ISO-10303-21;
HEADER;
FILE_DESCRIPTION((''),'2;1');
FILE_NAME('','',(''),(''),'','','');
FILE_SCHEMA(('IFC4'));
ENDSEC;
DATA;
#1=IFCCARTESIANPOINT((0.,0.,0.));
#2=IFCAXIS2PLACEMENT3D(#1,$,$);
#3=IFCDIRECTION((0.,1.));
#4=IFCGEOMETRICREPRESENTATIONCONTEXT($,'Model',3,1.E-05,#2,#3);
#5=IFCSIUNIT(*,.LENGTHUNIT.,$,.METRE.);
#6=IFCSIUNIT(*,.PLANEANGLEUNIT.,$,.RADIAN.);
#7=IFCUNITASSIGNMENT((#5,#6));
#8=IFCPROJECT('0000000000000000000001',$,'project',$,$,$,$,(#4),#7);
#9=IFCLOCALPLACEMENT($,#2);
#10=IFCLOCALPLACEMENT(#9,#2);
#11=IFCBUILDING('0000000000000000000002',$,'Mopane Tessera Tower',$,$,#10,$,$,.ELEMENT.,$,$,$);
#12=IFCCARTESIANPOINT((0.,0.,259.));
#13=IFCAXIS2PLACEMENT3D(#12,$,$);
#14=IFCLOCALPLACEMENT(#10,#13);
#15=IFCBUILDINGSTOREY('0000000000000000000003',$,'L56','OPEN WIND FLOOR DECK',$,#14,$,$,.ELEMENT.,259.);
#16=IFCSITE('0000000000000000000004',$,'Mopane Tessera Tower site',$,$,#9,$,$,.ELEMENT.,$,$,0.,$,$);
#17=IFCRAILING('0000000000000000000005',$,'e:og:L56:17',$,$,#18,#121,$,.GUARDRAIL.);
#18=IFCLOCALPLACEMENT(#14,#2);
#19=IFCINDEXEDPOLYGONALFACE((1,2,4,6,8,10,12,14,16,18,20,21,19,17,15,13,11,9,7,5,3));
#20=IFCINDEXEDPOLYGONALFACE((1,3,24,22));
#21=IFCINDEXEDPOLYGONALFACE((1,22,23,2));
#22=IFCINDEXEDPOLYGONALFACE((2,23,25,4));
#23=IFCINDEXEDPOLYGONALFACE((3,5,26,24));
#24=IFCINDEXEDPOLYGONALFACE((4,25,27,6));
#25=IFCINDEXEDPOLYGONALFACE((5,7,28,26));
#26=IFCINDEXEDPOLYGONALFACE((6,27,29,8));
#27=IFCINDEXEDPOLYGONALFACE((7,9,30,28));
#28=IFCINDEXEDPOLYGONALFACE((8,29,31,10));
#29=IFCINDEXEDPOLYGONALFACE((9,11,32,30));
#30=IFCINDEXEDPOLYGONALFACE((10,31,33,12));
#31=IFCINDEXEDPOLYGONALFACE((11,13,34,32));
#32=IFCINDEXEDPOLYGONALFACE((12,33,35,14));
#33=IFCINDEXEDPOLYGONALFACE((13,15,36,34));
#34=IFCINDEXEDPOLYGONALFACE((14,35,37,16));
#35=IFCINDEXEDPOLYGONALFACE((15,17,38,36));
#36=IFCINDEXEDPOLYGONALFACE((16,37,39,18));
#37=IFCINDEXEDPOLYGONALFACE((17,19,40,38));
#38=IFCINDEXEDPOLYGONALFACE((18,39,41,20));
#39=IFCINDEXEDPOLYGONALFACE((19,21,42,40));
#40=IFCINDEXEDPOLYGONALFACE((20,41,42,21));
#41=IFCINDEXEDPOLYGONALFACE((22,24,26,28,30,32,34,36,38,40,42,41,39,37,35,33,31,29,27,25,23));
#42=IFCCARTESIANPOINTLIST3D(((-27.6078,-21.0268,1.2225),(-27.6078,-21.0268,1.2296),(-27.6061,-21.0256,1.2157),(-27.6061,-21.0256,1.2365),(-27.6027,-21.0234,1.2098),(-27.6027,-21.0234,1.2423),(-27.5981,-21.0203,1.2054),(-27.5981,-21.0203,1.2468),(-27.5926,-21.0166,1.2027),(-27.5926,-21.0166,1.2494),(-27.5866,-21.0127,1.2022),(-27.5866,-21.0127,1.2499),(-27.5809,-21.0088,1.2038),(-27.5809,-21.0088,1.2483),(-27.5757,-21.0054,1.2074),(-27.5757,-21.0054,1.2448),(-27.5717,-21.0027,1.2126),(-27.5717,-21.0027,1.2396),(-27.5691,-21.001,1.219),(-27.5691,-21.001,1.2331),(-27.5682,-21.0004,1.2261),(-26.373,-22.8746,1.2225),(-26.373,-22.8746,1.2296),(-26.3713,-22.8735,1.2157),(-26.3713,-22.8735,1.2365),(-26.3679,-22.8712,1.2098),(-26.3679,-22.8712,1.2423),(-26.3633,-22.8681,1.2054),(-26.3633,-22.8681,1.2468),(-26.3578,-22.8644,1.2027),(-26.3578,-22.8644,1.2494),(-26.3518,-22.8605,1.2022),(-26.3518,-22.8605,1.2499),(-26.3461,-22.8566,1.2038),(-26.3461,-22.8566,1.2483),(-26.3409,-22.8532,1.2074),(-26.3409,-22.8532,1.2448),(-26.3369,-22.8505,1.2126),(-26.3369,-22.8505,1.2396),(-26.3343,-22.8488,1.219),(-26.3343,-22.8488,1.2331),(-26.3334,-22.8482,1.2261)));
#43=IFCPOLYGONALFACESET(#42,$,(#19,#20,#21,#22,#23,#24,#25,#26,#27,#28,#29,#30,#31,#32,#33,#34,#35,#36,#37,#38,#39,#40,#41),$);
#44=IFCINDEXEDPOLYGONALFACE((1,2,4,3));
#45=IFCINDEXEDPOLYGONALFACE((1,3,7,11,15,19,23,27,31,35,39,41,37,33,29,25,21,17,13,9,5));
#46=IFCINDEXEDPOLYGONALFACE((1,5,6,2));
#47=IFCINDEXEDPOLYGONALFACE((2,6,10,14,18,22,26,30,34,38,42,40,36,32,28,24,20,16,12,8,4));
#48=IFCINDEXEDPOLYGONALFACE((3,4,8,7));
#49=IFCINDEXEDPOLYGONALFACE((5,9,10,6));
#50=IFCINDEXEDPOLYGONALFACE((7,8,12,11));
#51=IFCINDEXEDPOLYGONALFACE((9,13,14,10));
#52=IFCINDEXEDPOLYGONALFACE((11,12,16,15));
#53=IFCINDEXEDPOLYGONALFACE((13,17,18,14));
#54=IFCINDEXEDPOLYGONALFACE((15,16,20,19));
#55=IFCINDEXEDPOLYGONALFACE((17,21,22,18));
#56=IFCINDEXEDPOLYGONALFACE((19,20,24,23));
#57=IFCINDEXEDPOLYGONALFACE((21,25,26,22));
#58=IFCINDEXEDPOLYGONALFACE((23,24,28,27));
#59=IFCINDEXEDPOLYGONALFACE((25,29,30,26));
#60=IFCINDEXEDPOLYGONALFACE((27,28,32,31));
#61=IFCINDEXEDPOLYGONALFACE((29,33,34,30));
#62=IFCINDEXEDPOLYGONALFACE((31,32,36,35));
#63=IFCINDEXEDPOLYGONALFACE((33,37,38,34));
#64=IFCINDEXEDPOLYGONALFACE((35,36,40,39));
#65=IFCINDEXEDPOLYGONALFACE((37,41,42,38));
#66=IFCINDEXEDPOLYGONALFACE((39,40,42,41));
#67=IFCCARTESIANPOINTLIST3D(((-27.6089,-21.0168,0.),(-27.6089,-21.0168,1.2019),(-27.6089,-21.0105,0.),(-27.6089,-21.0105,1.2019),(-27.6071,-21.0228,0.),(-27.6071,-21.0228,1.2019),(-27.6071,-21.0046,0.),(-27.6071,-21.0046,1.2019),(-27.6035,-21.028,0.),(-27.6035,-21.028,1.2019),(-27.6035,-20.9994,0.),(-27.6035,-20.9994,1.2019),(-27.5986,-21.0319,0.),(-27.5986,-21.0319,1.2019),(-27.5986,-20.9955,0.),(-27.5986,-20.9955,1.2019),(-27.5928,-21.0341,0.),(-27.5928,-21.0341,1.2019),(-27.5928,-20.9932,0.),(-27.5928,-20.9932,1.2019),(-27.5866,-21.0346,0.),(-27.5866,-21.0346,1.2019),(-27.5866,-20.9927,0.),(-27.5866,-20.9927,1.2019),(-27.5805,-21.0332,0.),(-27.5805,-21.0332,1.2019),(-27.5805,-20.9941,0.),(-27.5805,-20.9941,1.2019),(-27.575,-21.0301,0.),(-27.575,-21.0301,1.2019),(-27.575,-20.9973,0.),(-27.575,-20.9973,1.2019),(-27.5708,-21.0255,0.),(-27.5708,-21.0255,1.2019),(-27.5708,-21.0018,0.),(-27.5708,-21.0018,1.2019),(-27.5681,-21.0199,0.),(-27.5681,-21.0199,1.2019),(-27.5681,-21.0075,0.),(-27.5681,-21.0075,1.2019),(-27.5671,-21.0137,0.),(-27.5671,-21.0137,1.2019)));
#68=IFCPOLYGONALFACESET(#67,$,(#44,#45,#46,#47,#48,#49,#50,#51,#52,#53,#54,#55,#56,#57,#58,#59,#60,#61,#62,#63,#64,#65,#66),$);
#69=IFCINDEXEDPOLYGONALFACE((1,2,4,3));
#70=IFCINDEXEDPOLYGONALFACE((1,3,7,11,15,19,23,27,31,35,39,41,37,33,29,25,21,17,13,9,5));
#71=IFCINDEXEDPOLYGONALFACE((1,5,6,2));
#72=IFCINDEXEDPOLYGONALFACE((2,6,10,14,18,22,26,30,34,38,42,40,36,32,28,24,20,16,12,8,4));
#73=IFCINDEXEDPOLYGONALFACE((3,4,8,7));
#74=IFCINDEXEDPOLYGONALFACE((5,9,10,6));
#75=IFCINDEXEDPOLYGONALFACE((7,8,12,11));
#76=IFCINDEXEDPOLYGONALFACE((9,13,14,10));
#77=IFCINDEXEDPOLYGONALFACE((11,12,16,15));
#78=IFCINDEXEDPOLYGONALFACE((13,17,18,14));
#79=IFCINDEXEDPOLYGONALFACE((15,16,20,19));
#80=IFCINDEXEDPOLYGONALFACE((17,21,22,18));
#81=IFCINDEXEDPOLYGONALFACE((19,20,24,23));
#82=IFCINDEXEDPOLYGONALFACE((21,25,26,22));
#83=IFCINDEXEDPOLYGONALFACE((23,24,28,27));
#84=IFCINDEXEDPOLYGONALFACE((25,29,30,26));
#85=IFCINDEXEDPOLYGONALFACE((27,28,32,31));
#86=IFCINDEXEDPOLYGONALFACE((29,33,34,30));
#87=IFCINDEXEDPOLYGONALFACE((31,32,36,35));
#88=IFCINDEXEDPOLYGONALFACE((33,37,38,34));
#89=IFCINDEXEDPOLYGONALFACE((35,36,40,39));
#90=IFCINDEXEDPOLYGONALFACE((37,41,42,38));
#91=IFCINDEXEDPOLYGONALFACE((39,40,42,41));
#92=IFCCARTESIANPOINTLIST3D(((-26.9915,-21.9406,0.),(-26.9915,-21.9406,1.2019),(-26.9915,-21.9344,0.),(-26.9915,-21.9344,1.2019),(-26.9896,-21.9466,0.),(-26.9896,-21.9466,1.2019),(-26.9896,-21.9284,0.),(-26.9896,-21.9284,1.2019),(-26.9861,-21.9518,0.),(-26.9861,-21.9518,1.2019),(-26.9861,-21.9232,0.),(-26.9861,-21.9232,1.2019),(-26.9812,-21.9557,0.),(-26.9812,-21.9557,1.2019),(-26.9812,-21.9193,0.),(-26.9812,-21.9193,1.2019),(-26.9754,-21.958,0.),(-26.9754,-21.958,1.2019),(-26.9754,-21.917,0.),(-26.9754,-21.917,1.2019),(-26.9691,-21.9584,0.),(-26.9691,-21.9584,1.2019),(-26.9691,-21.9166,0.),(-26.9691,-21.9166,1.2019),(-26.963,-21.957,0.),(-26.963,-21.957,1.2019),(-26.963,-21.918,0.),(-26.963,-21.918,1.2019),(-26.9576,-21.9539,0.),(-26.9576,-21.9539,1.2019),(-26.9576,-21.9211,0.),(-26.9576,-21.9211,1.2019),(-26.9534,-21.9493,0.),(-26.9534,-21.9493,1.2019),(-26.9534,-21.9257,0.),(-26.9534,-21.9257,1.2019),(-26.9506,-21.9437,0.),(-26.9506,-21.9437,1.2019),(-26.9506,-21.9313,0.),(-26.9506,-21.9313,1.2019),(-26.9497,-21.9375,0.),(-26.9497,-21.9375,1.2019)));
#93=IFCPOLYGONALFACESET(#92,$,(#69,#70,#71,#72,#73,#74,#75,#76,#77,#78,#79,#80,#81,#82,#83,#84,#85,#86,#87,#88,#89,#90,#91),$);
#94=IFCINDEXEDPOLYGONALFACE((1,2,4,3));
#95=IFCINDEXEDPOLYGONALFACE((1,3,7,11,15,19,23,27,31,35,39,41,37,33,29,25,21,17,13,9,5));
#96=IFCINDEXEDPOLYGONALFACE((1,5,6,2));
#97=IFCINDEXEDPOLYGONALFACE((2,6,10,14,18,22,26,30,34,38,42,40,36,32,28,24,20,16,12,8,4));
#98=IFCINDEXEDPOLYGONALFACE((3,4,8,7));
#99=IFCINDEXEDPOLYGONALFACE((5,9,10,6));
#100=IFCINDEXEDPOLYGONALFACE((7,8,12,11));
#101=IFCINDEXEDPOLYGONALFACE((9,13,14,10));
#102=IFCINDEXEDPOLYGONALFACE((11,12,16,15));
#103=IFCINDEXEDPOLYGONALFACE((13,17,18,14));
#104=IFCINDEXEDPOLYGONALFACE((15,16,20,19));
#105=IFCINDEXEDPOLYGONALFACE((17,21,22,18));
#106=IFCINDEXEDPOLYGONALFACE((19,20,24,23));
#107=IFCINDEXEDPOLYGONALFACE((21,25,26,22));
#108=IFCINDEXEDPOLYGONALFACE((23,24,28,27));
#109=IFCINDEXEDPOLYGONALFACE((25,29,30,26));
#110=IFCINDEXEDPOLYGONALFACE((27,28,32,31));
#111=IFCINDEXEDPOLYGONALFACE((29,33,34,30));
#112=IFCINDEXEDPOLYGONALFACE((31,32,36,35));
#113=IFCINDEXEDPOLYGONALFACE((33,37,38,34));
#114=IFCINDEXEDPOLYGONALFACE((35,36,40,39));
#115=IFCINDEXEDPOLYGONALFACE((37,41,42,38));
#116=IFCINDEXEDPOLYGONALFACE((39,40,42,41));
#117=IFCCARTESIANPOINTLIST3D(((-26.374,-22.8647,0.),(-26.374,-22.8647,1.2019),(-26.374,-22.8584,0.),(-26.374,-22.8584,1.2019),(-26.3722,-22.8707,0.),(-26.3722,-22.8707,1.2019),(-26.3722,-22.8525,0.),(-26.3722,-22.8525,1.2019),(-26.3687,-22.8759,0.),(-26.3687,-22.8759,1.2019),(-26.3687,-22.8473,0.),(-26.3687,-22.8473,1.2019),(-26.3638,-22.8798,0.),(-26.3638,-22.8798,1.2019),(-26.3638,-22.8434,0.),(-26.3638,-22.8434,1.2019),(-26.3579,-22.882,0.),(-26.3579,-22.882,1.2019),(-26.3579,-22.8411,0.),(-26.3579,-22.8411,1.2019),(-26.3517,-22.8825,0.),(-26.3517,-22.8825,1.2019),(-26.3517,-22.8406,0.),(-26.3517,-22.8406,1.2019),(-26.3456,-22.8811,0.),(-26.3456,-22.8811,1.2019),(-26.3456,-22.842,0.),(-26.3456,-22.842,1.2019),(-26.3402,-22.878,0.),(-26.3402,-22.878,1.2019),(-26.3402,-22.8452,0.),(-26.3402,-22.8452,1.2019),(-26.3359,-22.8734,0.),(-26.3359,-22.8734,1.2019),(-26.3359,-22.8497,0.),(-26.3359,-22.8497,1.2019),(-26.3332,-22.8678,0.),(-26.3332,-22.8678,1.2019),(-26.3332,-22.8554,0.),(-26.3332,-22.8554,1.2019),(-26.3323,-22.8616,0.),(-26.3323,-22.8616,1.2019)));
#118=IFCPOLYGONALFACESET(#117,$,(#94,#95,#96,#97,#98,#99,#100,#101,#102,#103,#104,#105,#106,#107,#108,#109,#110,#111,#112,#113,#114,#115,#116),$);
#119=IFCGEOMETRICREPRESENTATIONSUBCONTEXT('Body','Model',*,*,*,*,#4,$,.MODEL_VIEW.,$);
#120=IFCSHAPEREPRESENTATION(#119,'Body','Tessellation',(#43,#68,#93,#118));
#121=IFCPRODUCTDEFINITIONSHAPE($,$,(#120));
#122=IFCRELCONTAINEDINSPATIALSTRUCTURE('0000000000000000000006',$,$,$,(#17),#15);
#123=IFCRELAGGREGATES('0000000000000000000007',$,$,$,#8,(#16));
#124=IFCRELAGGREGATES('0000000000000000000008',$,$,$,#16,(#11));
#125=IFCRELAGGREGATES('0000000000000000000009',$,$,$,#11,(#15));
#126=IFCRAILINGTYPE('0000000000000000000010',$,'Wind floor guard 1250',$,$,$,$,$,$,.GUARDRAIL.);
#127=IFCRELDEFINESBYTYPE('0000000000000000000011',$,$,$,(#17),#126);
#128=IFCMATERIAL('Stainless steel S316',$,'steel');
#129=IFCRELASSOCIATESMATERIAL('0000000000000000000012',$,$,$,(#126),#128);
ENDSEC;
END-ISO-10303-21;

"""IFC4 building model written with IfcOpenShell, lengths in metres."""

from ifc_helpers import new_model, si_unit, direction, frame, origin, origin_2d, place, context, subcontext, project, spatial, circle, extrude, material, type_object, element, save


model = new_model("IFC4")

# Units and contexts
model_context = context("Model", 3, precision=1e-05, world=origin(), true_north=direction((0.0, 1.0)))
body_context = subcontext(model_context, "Body", "Model", "MODEL_VIEW")
ifc_project = project(units=[si_unit("LENGTHUNIT", "METRE"), si_unit("PLANEANGLEUNIT", "RADIAN")], contexts=[model_context])

# Site, building, storey
site_placement = place(None, origin())
site = spatial("IfcSite", under=ifc_project, at=site_placement, Name="Mopane Tessera Tower site", CompositionType="ELEMENT", RefElevation=0.0)
building_placement = place(site_placement, origin())
building = spatial("IfcBuilding", under=site, at=building_placement, Name="Mopane Tessera Tower", CompositionType="ELEMENT")
storey_placement = place(building_placement, frame((0.0, 0.0, 259.0)))
storey = spatial("IfcBuildingStorey", under=building, at=storey_placement, Name="L56", Description="OPEN WIND FLOOR DECK", CompositionType="ELEMENT", Elevation=259.0)

# Railing
ifc_material_1 = material(Name="Stainless steel S316", Category="steel")
railing_type = type_object("IfcRailingType", Name="Wind floor guard 1250", PredefinedType="GUARDRAIL", material=ifc_material_1)
railing_1_placement = place(storey_placement, frame((-27.5881, -21.0137, 0.0)))
element("IfcRailing", 1, at=railing_1_placement, inside=storey, type_object=railing_type, Name="e:og:L56:17", PredefinedType="GUARDRAIL", context=body_context, shape_type="SweptSolid", body=[
    extrude(circle(Radius=0.0239, at=origin_2d()), frame((0.0, 0.0, 1.2261), z_axis=(0.555612, -0.831441, 0.0), x_axis=(0.831441, 0.555612, 0.0)), (0.0, 0.0, 1.0), 2.2224),
    extrude(circle(Radius=0.021, at=origin_2d()), origin(), (0.0, 0.0, 1.0), 1.2019),
    extrude(circle(Radius=0.021, at=origin_2d()), frame((0.6174, -0.9238, 0.0)), (0.0, 0.0, 1.0), 1.2019),
    extrude(circle(Radius=0.021, at=origin_2d()), frame((1.2349, -1.8479, 0.0)), (0.0, 0.0, 1.0), 1.2019),
])

save(model, "model.ifc")
